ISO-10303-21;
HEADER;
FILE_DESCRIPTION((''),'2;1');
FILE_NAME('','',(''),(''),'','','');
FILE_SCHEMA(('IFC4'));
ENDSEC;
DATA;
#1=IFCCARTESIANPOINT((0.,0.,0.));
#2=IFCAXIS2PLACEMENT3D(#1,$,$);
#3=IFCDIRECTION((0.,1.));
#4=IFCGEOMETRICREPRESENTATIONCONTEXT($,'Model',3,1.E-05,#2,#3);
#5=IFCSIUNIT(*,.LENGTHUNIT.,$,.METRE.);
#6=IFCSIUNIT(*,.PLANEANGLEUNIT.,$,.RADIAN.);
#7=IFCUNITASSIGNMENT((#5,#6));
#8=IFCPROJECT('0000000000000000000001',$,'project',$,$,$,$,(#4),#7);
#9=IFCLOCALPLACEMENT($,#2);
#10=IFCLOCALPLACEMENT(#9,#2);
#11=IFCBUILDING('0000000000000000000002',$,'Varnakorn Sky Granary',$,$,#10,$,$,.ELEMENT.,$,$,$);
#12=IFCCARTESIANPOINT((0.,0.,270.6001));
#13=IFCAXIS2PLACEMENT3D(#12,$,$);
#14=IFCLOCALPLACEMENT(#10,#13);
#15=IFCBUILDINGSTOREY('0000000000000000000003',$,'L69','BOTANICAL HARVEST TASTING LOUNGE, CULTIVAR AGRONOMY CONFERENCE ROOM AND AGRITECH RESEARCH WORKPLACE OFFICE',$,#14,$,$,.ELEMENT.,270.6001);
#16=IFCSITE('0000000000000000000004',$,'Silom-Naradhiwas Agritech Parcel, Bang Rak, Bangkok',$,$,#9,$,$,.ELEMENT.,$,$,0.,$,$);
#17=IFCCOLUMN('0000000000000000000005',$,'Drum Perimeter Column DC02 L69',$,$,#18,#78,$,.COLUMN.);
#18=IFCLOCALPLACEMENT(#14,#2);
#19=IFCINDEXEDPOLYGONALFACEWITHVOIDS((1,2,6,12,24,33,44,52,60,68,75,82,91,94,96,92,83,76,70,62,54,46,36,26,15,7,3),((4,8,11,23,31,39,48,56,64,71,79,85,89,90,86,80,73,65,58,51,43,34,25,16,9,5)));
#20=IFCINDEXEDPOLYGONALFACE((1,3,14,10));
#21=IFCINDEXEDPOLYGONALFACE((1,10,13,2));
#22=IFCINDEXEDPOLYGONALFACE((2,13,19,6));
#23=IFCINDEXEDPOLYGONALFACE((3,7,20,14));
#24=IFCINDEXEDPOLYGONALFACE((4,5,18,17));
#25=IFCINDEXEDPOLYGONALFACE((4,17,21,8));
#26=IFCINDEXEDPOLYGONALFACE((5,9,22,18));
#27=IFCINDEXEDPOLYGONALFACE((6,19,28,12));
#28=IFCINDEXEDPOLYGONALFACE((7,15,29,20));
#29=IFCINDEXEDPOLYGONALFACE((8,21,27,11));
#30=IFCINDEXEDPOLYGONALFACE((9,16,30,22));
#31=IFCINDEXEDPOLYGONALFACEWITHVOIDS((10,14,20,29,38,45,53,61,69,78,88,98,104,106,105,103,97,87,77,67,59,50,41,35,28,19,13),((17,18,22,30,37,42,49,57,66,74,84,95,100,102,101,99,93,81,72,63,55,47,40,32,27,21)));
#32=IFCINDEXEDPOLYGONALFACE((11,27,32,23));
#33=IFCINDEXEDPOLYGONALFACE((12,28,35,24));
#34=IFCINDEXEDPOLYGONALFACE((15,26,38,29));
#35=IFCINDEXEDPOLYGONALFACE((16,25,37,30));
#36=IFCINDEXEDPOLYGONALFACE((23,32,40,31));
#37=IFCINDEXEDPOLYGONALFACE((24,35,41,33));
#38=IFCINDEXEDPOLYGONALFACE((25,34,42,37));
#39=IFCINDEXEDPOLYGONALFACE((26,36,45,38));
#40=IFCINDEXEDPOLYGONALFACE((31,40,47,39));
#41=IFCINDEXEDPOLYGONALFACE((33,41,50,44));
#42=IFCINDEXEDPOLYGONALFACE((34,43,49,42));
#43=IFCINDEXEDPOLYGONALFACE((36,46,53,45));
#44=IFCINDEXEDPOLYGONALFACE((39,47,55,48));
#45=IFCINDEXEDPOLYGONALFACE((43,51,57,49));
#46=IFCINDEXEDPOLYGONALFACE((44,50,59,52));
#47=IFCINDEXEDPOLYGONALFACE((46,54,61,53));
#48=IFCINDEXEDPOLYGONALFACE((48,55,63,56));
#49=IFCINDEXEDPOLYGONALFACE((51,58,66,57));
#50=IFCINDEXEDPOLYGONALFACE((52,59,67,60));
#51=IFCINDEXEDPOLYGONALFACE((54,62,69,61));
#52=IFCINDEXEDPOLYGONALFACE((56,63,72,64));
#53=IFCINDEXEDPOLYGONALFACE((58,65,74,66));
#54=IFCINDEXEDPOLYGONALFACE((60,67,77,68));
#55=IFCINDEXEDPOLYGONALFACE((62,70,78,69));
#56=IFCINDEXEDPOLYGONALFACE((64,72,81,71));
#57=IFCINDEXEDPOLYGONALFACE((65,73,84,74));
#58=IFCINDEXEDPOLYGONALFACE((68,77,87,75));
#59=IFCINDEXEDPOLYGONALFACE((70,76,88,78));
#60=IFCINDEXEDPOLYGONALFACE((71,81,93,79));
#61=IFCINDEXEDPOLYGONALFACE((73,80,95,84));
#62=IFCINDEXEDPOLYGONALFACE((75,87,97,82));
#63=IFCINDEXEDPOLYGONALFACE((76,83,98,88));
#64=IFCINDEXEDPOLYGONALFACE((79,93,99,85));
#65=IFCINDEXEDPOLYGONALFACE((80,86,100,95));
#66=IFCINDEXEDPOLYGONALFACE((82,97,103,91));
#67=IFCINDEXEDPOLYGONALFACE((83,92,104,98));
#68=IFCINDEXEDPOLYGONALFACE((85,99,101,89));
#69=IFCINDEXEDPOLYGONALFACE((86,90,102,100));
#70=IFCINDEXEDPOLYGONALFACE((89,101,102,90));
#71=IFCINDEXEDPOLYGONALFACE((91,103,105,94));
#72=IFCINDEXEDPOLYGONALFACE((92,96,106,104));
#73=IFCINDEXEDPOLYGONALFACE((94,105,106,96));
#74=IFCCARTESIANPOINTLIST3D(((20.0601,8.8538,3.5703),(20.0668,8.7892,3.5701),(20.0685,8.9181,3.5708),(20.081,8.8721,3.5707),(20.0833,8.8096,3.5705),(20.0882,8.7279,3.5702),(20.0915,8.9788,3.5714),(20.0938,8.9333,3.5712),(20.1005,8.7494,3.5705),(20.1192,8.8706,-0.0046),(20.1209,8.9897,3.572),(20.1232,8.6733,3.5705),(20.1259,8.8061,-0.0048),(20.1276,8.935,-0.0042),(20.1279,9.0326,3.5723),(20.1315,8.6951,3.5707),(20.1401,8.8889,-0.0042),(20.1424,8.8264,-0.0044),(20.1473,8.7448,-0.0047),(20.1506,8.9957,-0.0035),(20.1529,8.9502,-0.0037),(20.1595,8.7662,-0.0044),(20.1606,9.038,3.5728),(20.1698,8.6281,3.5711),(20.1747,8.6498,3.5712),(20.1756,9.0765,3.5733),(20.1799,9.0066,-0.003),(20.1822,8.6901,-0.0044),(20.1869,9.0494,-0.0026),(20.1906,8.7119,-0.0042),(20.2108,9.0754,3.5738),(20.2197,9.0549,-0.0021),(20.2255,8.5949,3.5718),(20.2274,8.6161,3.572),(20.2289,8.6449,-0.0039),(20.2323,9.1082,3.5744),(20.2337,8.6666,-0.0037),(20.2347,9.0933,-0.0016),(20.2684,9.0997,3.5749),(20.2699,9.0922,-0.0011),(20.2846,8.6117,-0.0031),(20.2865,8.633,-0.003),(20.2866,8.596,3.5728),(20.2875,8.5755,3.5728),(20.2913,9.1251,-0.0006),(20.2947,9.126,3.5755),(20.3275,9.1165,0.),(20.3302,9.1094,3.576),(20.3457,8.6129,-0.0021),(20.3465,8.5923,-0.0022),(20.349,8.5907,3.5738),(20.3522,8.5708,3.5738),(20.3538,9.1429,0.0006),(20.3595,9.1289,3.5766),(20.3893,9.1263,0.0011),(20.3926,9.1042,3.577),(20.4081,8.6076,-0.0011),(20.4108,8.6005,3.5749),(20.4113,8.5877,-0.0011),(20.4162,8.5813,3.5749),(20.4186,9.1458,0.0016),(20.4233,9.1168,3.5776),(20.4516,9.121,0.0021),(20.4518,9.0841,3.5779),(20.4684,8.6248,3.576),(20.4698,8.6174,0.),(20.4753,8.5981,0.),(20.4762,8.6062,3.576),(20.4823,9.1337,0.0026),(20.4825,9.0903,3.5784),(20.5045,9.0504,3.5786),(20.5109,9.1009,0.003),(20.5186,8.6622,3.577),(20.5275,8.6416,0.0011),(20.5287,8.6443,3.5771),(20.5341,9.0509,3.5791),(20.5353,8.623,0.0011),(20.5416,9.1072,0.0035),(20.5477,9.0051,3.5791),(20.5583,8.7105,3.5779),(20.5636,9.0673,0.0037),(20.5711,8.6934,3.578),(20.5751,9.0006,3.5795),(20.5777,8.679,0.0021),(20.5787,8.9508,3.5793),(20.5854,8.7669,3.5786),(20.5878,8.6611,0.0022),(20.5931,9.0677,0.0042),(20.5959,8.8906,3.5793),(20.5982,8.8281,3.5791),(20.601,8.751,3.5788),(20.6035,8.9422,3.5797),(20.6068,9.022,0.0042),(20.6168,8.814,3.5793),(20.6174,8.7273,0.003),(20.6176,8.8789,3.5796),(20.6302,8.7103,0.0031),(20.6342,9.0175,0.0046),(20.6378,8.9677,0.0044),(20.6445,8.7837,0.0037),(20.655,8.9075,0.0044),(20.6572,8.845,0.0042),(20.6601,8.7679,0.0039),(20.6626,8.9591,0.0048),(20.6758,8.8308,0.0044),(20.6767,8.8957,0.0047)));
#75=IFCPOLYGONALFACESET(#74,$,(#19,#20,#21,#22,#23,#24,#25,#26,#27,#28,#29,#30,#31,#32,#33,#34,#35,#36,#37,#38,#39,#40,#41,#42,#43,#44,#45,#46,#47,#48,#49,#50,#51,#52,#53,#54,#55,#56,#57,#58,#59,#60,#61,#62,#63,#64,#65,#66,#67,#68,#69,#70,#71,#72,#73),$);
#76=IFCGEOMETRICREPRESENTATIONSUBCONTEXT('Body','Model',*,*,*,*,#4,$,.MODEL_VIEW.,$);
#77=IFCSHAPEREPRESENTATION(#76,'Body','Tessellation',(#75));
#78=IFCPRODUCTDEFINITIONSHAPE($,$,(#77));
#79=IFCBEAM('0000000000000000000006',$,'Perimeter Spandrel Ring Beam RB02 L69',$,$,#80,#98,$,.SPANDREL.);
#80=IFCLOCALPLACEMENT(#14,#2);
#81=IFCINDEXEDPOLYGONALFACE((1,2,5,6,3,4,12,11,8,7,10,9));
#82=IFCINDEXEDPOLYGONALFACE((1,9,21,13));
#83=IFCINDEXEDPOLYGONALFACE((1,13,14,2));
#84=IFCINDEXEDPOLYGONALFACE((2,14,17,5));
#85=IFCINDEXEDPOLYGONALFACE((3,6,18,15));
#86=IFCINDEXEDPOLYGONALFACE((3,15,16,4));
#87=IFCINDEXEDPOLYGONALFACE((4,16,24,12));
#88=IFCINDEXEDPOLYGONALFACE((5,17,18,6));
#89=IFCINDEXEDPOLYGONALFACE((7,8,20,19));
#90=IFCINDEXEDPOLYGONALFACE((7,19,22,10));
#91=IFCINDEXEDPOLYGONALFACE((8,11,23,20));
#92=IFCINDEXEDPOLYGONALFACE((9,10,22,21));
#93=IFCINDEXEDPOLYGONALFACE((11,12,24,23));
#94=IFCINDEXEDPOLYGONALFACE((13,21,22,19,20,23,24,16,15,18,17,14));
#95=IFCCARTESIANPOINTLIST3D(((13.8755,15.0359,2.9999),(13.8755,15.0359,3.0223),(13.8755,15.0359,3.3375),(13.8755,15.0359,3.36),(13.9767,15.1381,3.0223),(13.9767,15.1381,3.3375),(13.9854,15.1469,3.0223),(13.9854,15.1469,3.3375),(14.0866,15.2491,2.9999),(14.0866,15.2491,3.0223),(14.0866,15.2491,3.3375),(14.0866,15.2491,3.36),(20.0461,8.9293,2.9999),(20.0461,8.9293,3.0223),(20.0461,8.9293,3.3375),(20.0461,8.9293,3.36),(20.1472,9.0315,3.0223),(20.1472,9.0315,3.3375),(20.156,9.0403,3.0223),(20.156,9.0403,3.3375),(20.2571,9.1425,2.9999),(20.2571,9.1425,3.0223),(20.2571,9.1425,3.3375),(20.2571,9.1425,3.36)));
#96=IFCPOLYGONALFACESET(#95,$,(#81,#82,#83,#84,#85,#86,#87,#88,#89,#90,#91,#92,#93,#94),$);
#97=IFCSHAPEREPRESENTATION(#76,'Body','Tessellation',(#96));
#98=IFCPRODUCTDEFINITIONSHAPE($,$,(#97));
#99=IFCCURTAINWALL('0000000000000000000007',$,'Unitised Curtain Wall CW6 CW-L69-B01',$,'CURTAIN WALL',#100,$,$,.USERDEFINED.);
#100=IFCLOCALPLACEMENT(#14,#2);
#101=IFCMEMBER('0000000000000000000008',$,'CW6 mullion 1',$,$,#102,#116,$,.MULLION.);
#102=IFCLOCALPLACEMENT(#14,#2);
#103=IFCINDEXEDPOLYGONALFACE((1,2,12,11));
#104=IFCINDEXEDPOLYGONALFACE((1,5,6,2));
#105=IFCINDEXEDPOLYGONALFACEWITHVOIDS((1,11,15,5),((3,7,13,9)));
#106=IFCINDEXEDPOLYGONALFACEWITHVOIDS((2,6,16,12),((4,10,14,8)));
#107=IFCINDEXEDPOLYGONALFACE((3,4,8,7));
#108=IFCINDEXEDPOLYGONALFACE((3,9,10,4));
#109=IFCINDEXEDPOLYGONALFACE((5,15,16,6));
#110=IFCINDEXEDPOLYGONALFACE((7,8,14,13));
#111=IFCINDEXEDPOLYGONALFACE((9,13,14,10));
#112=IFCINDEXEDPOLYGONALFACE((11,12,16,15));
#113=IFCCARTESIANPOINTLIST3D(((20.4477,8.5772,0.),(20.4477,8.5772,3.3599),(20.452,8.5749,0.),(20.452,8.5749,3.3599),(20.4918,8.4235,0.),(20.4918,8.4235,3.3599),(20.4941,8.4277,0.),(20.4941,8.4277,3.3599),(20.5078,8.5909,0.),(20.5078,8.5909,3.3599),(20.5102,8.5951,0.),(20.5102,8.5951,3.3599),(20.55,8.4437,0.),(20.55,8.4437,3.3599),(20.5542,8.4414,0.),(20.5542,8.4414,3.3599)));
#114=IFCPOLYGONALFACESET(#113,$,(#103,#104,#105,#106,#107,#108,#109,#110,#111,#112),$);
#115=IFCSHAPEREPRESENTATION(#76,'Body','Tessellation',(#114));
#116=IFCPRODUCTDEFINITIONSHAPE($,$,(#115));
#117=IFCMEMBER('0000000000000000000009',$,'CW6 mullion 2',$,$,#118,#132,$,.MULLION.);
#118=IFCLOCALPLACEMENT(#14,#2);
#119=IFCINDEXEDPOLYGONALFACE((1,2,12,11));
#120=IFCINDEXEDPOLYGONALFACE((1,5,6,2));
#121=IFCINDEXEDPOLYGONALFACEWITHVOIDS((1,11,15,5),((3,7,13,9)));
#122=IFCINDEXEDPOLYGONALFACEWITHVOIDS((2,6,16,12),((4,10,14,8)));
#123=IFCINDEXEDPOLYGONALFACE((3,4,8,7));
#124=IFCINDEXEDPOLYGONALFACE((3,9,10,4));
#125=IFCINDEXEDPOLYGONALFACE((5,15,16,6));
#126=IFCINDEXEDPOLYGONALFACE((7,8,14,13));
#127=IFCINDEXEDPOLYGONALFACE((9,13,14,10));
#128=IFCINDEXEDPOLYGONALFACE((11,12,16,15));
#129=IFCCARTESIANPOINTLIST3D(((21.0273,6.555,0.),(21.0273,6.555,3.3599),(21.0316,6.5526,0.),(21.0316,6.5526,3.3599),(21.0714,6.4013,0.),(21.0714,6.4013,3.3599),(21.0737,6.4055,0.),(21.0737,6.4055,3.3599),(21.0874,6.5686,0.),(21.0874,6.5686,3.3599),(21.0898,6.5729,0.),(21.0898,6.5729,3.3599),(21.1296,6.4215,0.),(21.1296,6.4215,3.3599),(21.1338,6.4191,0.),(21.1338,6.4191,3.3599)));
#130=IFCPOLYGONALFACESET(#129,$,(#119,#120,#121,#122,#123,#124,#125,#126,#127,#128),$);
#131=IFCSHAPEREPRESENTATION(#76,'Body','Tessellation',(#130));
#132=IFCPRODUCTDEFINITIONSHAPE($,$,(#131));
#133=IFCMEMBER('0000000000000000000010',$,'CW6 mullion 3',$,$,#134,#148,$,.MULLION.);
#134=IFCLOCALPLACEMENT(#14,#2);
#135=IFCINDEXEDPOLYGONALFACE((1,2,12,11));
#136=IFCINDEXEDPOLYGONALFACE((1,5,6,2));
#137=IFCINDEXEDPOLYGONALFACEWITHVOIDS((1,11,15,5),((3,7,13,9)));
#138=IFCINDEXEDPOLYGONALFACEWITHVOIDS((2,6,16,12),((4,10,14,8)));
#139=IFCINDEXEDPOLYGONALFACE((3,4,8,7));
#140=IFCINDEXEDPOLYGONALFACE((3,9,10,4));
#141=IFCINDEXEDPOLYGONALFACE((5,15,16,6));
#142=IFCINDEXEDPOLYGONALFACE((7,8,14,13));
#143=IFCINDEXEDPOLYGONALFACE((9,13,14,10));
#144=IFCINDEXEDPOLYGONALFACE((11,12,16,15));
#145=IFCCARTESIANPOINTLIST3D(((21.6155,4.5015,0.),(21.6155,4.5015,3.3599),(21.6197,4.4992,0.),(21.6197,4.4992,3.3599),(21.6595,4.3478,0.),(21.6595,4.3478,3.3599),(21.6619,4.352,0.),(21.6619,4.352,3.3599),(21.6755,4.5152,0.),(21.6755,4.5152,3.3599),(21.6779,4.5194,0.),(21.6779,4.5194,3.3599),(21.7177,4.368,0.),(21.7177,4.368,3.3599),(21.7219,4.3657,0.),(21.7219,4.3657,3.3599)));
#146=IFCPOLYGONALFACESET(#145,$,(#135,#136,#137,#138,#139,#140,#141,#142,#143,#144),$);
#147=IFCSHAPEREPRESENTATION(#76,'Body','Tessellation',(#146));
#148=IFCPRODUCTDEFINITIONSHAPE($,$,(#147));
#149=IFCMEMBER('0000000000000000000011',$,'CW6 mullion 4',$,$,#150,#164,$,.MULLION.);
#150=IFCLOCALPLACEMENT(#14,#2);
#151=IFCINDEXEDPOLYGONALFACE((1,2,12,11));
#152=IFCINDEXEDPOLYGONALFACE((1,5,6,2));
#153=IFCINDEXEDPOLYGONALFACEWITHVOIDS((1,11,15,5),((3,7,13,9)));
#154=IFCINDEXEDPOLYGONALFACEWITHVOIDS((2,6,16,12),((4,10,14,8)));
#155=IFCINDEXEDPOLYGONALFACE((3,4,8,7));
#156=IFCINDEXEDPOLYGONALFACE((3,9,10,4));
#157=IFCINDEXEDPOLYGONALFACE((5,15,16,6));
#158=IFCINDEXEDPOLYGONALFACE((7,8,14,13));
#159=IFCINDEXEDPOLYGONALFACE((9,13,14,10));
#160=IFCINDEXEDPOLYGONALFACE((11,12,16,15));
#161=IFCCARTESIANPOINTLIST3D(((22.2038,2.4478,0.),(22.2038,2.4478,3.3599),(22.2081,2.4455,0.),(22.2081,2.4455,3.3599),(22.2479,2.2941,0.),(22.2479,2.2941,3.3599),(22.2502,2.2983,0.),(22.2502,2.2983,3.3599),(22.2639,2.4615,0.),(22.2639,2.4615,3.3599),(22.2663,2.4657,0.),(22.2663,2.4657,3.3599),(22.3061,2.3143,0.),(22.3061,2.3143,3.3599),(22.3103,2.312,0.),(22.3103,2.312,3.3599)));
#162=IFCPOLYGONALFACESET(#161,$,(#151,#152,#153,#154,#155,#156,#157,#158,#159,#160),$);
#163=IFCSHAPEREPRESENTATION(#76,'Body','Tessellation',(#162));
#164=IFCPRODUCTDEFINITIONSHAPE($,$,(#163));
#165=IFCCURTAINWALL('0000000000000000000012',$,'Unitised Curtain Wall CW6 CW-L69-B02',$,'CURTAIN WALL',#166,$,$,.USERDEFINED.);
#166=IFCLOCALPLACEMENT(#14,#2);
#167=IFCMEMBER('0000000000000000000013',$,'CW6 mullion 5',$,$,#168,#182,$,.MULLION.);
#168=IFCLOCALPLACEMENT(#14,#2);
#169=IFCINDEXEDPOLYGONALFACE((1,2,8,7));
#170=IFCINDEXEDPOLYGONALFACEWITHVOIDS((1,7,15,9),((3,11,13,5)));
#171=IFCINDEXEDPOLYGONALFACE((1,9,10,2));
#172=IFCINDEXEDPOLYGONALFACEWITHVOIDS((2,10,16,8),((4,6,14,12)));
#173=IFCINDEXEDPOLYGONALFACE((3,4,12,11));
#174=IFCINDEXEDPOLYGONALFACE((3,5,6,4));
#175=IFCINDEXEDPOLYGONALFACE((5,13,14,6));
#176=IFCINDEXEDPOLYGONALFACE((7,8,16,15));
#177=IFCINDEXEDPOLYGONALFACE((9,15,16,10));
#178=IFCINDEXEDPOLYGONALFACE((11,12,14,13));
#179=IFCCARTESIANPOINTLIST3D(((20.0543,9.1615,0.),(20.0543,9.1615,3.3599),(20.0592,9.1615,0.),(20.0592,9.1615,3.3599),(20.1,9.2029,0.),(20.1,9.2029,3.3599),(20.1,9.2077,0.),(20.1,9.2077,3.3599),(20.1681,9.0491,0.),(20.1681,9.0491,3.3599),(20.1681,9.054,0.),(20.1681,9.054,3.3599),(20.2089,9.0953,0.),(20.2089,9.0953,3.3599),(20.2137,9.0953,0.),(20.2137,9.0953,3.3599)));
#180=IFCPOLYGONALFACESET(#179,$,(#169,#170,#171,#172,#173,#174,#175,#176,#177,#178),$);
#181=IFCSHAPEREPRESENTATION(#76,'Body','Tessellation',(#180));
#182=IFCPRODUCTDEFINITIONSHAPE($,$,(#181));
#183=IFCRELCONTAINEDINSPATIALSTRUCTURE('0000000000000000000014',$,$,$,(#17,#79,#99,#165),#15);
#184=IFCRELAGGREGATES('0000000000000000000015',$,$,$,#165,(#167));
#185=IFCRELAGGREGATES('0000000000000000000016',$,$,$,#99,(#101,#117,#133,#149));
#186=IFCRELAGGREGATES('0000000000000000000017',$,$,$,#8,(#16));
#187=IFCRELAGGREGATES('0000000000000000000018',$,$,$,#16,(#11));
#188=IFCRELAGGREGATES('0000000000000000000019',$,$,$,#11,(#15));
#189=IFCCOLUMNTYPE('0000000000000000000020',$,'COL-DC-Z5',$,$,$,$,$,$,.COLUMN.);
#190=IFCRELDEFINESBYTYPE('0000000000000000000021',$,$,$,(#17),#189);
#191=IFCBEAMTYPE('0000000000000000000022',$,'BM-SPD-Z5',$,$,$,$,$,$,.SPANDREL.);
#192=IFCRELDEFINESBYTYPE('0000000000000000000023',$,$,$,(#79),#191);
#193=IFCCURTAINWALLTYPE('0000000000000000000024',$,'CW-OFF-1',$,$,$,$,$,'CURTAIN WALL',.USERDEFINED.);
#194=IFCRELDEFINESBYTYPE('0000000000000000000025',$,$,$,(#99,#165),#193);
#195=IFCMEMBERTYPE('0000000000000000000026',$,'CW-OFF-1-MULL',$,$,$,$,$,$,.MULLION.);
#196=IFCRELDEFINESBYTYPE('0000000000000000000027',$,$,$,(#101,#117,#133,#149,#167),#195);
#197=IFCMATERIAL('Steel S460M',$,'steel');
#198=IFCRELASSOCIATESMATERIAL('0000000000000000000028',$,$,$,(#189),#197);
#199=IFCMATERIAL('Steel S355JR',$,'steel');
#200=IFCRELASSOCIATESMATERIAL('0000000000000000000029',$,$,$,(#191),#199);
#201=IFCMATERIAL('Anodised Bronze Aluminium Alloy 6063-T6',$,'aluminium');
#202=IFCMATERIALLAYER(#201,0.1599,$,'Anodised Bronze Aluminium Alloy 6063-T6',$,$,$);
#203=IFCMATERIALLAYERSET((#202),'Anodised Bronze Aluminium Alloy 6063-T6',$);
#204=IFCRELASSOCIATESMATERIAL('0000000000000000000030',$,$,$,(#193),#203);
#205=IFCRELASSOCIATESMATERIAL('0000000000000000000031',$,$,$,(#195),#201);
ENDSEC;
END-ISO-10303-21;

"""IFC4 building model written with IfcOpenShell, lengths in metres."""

from ifc_helpers import new_model, si_unit, direction, frame, origin, origin_2d, place, context, subcontext, project, spatial, hollow_rectangle, hollow_circle, i_section, extrude, material, layer, layer_set, material_profile, profile_set, type_object, element, aggregate, save


model = new_model("IFC4")

# Units and contexts
model_context = context("Model", 3, precision=1e-05, world=origin(), true_north=direction((0.0, 1.0)))
body_context = subcontext(model_context, "Body", "Model", "MODEL_VIEW")
ifc_project = project(units=[si_unit("LENGTHUNIT", "METRE"), si_unit("PLANEANGLEUNIT", "RADIAN")], contexts=[model_context])

# Site, building, storey
site_placement = place(None, origin())
site = spatial("IfcSite", under=ifc_project, at=site_placement, Name="Silom-Naradhiwas Agritech Parcel, Bang Rak, Bangkok", CompositionType="ELEMENT", RefElevation=0.0)
building_placement = place(site_placement, origin())
building = spatial("IfcBuilding", under=site, at=building_placement, Name="Varnakorn Sky Granary", CompositionType="ELEMENT")
storey_placement = place(building_placement, frame((0.0, 0.0, 270.6001)))
storey = spatial("IfcBuildingStorey", under=building, at=storey_placement, Name="L69", Description="BOTANICAL HARVEST TASTING LOUNGE, CULTIVAR AGRONOMY CONFERENCE ROOM AND AGRITECH RESEARCH WORKPLACE OFFICE", CompositionType="ELEMENT", Elevation=270.6001)

# Column
ifc_material_1 = material(Name="Steel S460M", Category="steel")
ifc_material_profile_1 = material_profile(ifc_material_1, hollow_circle(Radius=0.2795, WallThickness=0.02, at=origin_2d()), Name="CHS 559x20")
ifc_profile_set_1 = profile_set([ifc_material_profile_1], Name="Steel S460M")
column_type = type_object("IfcColumnType", Name="COL-DC-Z5", PredefinedType="COLUMN", material=ifc_profile_set_1)
column_placement = place(storey_placement, frame((20.3987, 8.8669, 0.0), z_axis=(-0.016524, -0.004711, 0.999852), x_axis=(0.274196, -0.961674, 0.0)))
element("IfcColumn", 1, at=column_placement, inside=storey, type_object=column_type, Name="Drum Perimeter Column DC02 L69", PredefinedType="COLUMN", context=body_context, shape_type="SweptSolid", body=[
    extrude(hollow_circle(Radius=0.2795, WallThickness=0.02, at=origin_2d()), origin(), (0.0, 0.0, 1.0), 3.5754),
])

# Beam
ifc_material_2 = material(Name="Steel S355JR", Category="steel")
ifc_material_profile_2 = material_profile(ifc_material_2, i_section(OverallWidth=0.3, OverallDepth=0.3601, WebThickness=0.0125, FlangeThickness=0.0225, at=origin_2d()), Name="HE 360 B")
ifc_profile_set_2 = profile_set([ifc_material_profile_2], Name="Steel S355JR")
beam_type = type_object("IfcBeamType", Name="BM-SPD-Z5", PredefinedType="SPANDREL", material=ifc_profile_set_2)
beam_placement = place(storey_placement, frame((20.1516, 9.0359, 3.1799), z_axis=(-0.710781, 0.703413, 0.0), x_axis=(-0.703413, -0.710781, 0.0)))
element("IfcBeam", 2, at=beam_placement, inside=storey, type_object=beam_type, Name="Perimeter Spandrel Ring Beam RB02 L69", PredefinedType="SPANDREL", context=body_context, shape_type="SweptSolid", body=[
    extrude(i_section(OverallWidth=0.3, OverallDepth=0.3601, WebThickness=0.0125, FlangeThickness=0.0225, at=origin_2d()), origin(), (0.0, 0.0, 1.0), 8.6814),
])

# Curtain wall, members
ifc_material_3 = material(Name="Anodised Bronze Aluminium Alloy 6063-T6", Category="aluminium")
ifc_layer_1 = layer(ifc_material_3, 0.1599, Name="Anodised Bronze Aluminium Alloy 6063-T6")
ifc_layer_set_1 = layer_set([ifc_layer_1], Name="Anodised Bronze Aluminium Alloy 6063-T6")
curtain_wall_type = type_object("IfcCurtainWallType", Name="CW-OFF-1", ElementType="CURTAIN WALL", PredefinedType="USERDEFINED", material=ifc_layer_set_1)
curtain_wall_1_placement = place(storey_placement, origin())
curtain_wall_1 = element("IfcCurtainWall", 3, at=curtain_wall_1_placement, inside=storey, type_object=curtain_wall_type, Name="Unitised Curtain Wall CW6 CW-L69-B01", ObjectType="CURTAIN WALL", PredefinedType="USERDEFINED")
ifc_material_profile_3 = material_profile(ifc_material_3, hollow_rectangle(XDim=0.0649, YDim=0.1599, WallThickness=0.0034, at=origin_2d()), Name="ALU MULL 65x160")
ifc_profile_set_3 = profile_set([ifc_material_profile_3], Name="Anodised Bronze Aluminium Alloy 6063-T6")
member_type_1 = type_object("IfcMemberType", Name="CW-OFF-1-MULL", PredefinedType="MULLION", material=ifc_profile_set_3)
member_1_placement = place(storey_placement, frame((20.501, 8.5093, 0.0), z_axis=(0.0, 0.0, 1.0), x_axis=(0.961323, 0.275423, 0.0)))
member_1 = element("IfcMember", 4, at=member_1_placement, type_object=member_type_1, Name="CW6 mullion 1", PredefinedType="MULLION", context=body_context, shape_type="SweptSolid", body=[
    extrude(hollow_rectangle(XDim=0.0649, YDim=0.1599, WallThickness=0.0034, at=origin_2d()), origin(), (0.0, 0.0, 1.0), 3.3599),
])
member_2_placement = place(storey_placement, frame((21.0806, 6.4871, 0.0), z_axis=(0.0, 0.0, 1.0), x_axis=(0.961323, 0.275423, 0.0)))
member_2 = element("IfcMember", 5, at=member_2_placement, type_object=member_type_1, Name="CW6 mullion 2", PredefinedType="MULLION", context=body_context, shape_type="SweptSolid", body=[
    extrude(hollow_rectangle(XDim=0.0649, YDim=0.1599, WallThickness=0.0034, at=origin_2d()), origin(), (0.0, 0.0, 1.0), 3.3599),
])
member_3_placement = place(storey_placement, frame((21.6687, 4.4336, 0.0), z_axis=(0.0, 0.0, 1.0), x_axis=(0.961323, 0.275423, 0.0)))
member_3 = element("IfcMember", 6, at=member_3_placement, type_object=member_type_1, Name="CW6 mullion 3", PredefinedType="MULLION", context=body_context, shape_type="SweptSolid", body=[
    extrude(hollow_rectangle(XDim=0.0649, YDim=0.1599, WallThickness=0.0034, at=origin_2d()), origin(), (0.0, 0.0, 1.0), 3.3599),
])
member_4_placement = place(storey_placement, frame((22.2571, 2.3799, 0.0), z_axis=(0.0, 0.0, 1.0), x_axis=(0.961323, 0.275423, 0.0)))
member_4 = element("IfcMember", 7, at=member_4_placement, type_object=member_type_1, Name="CW6 mullion 4", PredefinedType="MULLION", context=body_context, shape_type="SweptSolid", body=[
    extrude(hollow_rectangle(XDim=0.0649, YDim=0.1599, WallThickness=0.0034, at=origin_2d()), origin(), (0.0, 0.0, 1.0), 3.3599),
])

# Curtain wall, member
curtain_wall_2_placement = place(storey_placement, origin())
curtain_wall_2 = element("IfcCurtainWall", 8, at=curtain_wall_2_placement, inside=storey, type_object=curtain_wall_type, Name="Unitised Curtain Wall CW6 CW-L69-B02", ObjectType="CURTAIN WALL", PredefinedType="USERDEFINED")
member_5_placement = place(storey_placement, frame((20.134, 9.1284, 0.0), z_axis=(0.0, 0.0, 1.0), x_axis=(0.702729, 0.711458, 0.0)))
member_5 = element("IfcMember", 9, at=member_5_placement, type_object=member_type_1, Name="CW6 mullion 5", PredefinedType="MULLION", context=body_context, shape_type="SweptSolid", body=[
    extrude(hollow_rectangle(XDim=0.0649, YDim=0.1599, WallThickness=0.0034, at=origin_2d()), origin(), (0.0, 0.0, 1.0), 3.3599),
])
aggregate(curtain_wall_2, [member_5])

aggregate(curtain_wall_1, [member_1, member_2, member_3, member_4])

save(model, "model.ifc")
